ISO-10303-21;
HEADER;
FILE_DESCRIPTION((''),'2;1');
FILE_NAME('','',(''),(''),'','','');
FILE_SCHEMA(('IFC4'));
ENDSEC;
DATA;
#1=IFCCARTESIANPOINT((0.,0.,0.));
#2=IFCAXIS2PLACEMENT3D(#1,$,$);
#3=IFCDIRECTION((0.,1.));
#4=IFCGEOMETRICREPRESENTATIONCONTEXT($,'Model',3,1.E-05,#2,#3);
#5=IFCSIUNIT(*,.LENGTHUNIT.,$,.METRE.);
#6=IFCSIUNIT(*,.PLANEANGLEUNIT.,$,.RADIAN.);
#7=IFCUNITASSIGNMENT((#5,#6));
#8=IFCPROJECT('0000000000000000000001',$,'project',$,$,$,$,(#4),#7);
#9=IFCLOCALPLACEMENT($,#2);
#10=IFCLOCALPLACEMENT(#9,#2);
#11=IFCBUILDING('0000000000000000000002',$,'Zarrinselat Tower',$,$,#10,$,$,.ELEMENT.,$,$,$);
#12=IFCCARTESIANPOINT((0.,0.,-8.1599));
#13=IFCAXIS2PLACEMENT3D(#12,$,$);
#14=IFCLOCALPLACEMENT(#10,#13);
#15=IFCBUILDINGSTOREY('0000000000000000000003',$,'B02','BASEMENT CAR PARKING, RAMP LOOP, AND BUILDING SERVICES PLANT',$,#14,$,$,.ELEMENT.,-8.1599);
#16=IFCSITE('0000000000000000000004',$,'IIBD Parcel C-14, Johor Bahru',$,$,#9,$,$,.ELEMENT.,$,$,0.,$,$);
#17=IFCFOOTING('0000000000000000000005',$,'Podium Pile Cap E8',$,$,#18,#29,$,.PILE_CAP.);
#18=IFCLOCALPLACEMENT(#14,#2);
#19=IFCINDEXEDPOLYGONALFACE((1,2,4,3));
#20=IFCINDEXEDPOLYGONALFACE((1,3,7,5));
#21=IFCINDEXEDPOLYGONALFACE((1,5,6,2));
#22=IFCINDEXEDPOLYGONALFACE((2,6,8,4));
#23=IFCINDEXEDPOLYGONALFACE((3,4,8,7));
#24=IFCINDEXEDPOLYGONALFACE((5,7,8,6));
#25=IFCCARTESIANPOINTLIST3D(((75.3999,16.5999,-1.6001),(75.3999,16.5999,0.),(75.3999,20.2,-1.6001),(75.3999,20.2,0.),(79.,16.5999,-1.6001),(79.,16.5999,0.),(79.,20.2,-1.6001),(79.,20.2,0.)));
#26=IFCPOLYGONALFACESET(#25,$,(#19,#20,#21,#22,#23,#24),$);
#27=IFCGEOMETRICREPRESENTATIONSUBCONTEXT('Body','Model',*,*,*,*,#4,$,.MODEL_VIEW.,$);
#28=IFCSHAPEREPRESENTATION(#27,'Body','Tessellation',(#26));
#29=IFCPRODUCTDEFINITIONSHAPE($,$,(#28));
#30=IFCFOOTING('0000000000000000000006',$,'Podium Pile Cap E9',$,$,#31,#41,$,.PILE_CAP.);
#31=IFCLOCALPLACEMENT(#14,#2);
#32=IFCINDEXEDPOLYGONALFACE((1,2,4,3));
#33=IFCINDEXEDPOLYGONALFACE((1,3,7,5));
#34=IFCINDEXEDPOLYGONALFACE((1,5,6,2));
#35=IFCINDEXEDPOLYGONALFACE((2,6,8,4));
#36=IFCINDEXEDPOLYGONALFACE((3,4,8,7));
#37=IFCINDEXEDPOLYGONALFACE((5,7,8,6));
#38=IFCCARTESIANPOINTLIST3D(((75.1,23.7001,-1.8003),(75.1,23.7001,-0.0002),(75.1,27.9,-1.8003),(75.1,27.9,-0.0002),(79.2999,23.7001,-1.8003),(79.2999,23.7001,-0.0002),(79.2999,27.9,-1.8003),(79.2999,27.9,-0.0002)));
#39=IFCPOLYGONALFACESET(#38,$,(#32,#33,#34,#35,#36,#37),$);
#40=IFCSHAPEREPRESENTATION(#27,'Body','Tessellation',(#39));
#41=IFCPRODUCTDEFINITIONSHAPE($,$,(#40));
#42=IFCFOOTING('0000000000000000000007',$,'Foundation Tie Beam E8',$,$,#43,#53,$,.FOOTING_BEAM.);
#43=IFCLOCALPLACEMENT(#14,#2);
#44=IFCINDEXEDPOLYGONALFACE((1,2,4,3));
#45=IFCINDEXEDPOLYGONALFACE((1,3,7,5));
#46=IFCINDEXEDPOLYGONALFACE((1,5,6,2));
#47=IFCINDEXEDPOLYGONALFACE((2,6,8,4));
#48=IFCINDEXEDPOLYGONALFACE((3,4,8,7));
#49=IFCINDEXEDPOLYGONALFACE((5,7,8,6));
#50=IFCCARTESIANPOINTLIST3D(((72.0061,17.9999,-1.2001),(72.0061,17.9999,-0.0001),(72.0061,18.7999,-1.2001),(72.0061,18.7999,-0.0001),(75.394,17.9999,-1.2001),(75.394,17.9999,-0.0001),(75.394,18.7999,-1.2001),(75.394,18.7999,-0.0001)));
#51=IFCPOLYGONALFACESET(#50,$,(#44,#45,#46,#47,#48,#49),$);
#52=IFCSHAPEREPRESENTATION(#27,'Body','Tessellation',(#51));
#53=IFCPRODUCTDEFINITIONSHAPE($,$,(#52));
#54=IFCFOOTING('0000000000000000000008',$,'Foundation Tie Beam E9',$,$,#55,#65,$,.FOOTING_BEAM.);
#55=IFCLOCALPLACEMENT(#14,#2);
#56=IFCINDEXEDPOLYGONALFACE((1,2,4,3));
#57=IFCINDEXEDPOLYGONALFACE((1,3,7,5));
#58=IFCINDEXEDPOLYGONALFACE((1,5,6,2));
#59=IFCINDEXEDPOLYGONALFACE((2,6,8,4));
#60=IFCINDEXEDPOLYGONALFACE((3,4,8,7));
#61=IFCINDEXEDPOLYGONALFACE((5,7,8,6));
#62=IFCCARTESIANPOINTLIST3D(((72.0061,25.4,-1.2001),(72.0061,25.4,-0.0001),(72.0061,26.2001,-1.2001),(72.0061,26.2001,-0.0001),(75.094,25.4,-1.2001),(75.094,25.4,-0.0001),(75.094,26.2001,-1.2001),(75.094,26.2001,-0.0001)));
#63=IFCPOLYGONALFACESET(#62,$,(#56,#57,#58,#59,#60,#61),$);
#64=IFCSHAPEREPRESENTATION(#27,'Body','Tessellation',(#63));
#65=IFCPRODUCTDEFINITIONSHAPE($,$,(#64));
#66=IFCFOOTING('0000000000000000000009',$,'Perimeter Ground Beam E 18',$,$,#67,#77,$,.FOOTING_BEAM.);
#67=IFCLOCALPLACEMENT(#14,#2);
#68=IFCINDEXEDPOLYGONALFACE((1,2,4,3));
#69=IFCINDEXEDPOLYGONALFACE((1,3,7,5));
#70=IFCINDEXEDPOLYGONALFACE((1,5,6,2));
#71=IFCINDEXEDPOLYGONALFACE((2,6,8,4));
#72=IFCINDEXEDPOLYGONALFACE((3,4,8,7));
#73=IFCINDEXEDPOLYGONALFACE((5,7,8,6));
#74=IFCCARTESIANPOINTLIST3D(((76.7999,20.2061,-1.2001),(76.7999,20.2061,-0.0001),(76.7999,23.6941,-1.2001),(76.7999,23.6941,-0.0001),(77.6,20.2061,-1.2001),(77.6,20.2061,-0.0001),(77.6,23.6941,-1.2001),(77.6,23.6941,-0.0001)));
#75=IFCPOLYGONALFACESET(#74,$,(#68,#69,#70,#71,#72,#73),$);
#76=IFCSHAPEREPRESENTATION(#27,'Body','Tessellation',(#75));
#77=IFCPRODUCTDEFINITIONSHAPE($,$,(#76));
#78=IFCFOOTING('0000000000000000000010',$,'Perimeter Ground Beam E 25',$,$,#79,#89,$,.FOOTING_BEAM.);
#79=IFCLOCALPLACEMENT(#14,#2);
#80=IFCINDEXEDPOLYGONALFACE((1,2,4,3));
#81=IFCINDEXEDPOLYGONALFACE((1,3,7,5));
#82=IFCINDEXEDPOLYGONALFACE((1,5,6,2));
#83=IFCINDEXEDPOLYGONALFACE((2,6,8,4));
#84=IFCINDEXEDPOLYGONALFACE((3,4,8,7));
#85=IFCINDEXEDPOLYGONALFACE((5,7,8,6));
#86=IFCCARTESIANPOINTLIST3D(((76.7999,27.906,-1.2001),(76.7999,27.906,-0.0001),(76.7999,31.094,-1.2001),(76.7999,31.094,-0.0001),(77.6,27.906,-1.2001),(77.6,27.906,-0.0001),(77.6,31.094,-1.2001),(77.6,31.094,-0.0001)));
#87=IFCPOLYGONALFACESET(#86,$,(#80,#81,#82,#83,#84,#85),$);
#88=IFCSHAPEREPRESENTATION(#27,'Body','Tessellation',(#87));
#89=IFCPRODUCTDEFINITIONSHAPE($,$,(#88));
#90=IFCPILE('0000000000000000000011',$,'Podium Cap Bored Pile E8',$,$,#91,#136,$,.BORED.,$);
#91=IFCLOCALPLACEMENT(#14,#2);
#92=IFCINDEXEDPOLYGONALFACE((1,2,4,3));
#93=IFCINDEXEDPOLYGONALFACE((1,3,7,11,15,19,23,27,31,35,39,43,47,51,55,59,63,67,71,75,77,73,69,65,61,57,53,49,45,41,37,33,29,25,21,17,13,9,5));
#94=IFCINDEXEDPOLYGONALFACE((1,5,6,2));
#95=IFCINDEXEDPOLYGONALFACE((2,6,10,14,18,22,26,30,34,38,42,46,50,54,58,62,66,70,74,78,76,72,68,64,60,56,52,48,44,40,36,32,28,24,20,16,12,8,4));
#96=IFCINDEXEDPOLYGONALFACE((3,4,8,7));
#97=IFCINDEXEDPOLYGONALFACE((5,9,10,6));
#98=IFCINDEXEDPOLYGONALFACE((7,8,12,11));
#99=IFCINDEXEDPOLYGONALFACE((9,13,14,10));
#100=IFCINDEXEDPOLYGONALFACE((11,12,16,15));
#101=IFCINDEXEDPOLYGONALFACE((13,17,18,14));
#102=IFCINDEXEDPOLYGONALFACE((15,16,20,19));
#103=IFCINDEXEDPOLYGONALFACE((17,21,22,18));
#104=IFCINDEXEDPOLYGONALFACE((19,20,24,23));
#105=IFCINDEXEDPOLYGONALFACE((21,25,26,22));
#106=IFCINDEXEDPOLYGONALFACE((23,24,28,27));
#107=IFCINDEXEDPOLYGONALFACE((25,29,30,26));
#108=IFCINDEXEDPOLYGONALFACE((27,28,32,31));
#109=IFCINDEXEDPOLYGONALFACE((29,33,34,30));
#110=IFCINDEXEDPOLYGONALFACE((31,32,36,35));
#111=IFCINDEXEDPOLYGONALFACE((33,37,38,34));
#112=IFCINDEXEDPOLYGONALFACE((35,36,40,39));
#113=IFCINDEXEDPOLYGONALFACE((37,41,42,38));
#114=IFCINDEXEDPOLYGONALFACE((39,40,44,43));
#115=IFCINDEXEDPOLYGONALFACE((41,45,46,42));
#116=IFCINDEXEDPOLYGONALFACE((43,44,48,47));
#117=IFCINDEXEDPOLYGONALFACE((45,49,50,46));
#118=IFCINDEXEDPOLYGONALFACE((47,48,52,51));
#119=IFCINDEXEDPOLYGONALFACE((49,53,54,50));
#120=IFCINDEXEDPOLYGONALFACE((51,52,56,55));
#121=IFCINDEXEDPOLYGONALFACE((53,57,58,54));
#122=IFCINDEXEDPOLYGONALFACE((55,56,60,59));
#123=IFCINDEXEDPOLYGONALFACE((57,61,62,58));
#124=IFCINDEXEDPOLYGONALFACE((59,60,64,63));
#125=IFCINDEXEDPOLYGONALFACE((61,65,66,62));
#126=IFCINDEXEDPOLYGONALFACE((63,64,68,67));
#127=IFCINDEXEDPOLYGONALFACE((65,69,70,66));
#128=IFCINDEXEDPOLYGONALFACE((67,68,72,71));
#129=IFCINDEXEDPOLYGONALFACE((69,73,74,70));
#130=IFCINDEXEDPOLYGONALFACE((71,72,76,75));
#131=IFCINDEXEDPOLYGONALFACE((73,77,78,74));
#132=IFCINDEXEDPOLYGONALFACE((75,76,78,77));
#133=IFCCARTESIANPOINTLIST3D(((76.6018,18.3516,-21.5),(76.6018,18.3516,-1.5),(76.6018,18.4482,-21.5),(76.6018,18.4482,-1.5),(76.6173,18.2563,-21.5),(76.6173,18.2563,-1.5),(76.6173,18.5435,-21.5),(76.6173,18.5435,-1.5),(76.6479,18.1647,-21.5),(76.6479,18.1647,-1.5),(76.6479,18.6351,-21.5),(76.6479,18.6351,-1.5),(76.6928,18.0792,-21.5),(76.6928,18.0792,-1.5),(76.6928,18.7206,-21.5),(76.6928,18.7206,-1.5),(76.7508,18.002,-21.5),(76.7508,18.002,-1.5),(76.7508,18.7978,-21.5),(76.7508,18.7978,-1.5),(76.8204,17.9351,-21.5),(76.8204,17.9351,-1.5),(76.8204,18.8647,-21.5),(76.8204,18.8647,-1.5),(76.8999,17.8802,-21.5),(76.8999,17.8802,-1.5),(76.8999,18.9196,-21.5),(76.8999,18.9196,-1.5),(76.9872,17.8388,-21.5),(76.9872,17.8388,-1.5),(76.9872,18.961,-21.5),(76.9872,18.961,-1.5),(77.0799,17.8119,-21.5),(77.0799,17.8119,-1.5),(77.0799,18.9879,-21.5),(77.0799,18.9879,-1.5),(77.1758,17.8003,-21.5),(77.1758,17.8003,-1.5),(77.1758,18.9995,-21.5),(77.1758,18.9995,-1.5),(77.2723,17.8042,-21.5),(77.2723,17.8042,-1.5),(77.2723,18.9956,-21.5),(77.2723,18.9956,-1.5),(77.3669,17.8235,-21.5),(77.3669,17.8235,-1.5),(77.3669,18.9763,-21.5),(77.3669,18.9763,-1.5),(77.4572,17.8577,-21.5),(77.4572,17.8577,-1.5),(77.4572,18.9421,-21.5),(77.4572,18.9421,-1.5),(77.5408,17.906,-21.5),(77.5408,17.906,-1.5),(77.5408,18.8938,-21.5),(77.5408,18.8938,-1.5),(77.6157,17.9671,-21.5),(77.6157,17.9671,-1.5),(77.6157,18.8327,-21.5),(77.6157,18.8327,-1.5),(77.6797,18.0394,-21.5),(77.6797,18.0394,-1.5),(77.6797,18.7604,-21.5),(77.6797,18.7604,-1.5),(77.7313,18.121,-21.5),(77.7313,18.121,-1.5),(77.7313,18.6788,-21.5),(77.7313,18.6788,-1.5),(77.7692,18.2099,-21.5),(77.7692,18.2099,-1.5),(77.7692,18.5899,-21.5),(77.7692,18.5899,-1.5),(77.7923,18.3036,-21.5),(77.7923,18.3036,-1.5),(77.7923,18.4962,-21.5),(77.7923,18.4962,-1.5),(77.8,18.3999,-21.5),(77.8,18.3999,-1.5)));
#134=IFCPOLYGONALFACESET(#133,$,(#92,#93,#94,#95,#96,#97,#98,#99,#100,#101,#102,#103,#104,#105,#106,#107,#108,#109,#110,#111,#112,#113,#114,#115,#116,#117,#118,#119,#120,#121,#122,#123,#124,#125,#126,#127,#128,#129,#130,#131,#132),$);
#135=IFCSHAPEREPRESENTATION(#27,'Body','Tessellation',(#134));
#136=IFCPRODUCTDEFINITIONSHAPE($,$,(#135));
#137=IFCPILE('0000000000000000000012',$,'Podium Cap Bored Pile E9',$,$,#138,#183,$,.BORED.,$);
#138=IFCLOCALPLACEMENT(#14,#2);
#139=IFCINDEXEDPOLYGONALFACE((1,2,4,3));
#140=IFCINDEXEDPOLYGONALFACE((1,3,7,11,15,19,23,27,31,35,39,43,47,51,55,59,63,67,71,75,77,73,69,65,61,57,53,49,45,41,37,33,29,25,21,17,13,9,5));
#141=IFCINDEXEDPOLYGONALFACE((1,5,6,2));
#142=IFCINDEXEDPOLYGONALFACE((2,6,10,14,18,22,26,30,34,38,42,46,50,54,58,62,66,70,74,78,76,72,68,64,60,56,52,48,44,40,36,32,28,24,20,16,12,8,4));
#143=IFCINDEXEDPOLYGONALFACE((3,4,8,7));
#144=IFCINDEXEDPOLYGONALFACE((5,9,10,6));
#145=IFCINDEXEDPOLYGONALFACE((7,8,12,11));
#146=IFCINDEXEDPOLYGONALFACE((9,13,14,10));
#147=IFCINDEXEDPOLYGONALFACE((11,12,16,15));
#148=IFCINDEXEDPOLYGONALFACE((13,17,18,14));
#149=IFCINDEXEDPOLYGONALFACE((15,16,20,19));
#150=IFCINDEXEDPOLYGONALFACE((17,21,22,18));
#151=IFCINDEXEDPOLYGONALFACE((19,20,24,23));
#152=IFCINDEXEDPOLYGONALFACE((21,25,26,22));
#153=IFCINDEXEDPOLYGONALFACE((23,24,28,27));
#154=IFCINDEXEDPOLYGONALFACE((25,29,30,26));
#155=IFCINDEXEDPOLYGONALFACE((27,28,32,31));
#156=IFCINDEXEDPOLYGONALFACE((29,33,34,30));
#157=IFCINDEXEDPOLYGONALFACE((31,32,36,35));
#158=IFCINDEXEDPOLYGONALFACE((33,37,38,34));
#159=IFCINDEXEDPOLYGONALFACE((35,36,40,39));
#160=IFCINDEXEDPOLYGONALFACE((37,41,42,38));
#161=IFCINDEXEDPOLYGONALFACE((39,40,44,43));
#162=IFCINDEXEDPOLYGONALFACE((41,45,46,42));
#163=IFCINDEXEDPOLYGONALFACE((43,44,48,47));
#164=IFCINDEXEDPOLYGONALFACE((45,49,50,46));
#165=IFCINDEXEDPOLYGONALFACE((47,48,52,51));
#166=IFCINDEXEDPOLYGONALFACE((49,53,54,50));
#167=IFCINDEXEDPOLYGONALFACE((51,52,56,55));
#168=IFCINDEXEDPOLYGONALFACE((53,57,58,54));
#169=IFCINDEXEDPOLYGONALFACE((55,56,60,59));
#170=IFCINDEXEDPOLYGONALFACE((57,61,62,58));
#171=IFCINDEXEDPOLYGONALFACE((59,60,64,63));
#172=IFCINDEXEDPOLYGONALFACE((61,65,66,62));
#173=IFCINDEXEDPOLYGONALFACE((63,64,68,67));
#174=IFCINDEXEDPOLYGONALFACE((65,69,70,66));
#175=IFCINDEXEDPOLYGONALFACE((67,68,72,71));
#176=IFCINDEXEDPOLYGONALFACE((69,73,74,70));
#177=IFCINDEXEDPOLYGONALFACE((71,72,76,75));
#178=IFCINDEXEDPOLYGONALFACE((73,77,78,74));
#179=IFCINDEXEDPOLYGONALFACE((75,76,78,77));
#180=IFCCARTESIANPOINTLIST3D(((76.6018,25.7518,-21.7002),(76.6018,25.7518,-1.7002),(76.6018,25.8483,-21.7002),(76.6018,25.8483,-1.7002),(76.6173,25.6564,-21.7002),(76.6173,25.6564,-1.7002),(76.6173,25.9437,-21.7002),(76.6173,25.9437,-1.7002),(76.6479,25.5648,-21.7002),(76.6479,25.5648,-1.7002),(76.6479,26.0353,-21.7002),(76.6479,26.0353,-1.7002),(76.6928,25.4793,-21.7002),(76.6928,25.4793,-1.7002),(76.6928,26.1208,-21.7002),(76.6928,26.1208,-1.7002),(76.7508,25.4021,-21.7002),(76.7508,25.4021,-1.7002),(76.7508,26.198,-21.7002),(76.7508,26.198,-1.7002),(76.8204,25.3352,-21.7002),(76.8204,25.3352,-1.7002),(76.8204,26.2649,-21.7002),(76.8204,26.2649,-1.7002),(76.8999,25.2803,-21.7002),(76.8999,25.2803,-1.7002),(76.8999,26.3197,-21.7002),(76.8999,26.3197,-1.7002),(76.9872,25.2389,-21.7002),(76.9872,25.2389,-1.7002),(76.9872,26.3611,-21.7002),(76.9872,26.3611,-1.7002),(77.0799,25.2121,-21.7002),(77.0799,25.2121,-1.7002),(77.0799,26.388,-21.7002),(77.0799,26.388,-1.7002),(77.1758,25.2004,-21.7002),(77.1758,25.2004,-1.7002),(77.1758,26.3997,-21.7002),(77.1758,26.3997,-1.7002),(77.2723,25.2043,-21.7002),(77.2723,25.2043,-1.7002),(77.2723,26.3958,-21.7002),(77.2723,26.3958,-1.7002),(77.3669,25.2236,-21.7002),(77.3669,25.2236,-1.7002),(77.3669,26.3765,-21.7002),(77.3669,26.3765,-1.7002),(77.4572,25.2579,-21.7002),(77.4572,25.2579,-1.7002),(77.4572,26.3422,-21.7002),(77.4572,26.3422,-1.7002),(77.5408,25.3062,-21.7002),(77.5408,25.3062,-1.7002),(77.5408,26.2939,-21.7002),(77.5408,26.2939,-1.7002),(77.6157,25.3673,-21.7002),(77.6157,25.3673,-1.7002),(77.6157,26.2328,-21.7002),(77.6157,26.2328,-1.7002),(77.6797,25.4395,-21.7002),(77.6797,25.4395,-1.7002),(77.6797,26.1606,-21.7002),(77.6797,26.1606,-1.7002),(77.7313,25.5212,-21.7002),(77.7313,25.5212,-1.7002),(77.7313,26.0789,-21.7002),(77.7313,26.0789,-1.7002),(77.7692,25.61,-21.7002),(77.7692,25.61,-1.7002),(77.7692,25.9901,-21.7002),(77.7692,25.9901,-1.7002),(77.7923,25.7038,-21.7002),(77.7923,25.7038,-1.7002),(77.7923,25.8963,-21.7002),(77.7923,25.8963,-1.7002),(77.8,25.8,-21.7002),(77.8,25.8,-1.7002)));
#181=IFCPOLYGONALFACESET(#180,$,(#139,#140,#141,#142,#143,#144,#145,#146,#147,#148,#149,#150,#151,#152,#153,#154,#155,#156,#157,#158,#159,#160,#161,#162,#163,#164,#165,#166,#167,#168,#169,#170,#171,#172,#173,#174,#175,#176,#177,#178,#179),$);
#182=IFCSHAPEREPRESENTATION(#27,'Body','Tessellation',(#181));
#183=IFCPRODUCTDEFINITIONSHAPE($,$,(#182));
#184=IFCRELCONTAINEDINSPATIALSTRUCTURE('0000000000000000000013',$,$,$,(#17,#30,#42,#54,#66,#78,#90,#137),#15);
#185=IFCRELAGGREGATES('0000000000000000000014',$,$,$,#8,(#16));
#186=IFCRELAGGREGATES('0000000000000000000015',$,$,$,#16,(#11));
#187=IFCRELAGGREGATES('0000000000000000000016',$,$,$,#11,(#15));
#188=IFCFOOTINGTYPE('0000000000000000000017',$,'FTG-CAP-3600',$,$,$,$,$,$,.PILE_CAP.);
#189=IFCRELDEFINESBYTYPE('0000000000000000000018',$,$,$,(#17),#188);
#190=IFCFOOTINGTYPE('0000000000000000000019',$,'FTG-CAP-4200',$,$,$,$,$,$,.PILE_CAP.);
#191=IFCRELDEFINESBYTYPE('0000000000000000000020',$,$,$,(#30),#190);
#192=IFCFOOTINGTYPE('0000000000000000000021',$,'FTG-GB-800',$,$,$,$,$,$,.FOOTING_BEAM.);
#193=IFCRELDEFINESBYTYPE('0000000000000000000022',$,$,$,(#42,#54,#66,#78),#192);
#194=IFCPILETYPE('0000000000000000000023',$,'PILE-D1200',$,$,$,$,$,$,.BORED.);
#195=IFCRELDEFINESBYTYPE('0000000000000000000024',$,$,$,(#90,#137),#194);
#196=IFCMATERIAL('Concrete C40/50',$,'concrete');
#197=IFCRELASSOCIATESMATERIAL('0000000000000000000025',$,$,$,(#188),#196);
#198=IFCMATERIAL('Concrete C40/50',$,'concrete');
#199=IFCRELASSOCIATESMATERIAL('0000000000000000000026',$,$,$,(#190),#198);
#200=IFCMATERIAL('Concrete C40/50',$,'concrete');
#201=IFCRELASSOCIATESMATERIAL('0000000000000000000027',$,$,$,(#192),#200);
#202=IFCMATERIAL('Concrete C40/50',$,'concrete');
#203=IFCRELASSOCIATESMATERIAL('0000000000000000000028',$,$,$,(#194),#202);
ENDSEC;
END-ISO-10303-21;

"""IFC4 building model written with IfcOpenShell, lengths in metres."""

from ifc_helpers import new_model, si_unit, direction, frame, origin, origin_2d, place, context, subcontext, project, spatial, rectangle, circle, extrude, material, material_profile, profile_set, type_object, element, save


model = new_model("IFC4")

# Units and contexts
model_context = context("Model", 3, precision=1e-05, world=origin(), true_north=direction((0.0, 1.0)))
body_context = subcontext(model_context, "Body", "Model", "MODEL_VIEW")
ifc_project = project(units=[si_unit("LENGTHUNIT", "METRE"), si_unit("PLANEANGLEUNIT", "RADIAN")], contexts=[model_context])

# Site, building, storey
site_placement = place(None, origin())
site = spatial("IfcSite", under=ifc_project, at=site_placement, Name="IIBD Parcel C-14, Johor Bahru", CompositionType="ELEMENT", RefElevation=0.0)
building_placement = place(site_placement, origin())
building = spatial("IfcBuilding", under=site, at=building_placement, Name="Zarrinselat Tower", CompositionType="ELEMENT")
storey_placement = place(building_placement, frame((0.0, 0.0, -8.1599)))
storey = spatial("IfcBuildingStorey", under=building, at=storey_placement, Name="B02", Description="BASEMENT CAR PARKING, RAMP LOOP, AND BUILDING SERVICES PLANT", CompositionType="ELEMENT", Elevation=-8.1599)

# Footings
ifc_material_1 = material(Name="Concrete C40/50", Category="concrete")
footing_type_1 = type_object("IfcFootingType", Name="FTG-CAP-3600", PredefinedType="PILE_CAP", material=ifc_material_1)
footing_1_placement = place(storey_placement, frame((77.2, 18.3999, -1.6001), z_axis=(0.0, 0.0, 1.0), x_axis=(1.0, 0.0, 0.0)))
element("IfcFooting", 1, at=footing_1_placement, inside=storey, type_object=footing_type_1, Name="Podium Pile Cap E8", PredefinedType="PILE_CAP", context=body_context, shape_type="SweptSolid", body=[
    extrude(rectangle(XDim=3.6001, YDim=3.6001, at=origin_2d()), origin(), (0.0, 0.0, 1.0), 1.6001),
])
ifc_material_2 = material(Name="Concrete C40/50", Category="concrete")
footing_type_2 = type_object("IfcFootingType", Name="FTG-CAP-4200", PredefinedType="PILE_CAP", material=ifc_material_2)
footing_2_placement = place(storey_placement, frame((77.2, 25.8, -1.8003), z_axis=(0.0, 0.0, 1.0), x_axis=(1.0, 0.0, 0.0)))
element("IfcFooting", 2, at=footing_2_placement, inside=storey, type_object=footing_type_2, Name="Podium Pile Cap E9", PredefinedType="PILE_CAP", context=body_context, shape_type="SweptSolid", body=[
    extrude(rectangle(XDim=4.2, YDim=4.2, at=origin_2d()), origin(), (0.0, 0.0, 1.0), 1.8),
])
ifc_material_3 = material(Name="Concrete C40/50", Category="concrete")
ifc_material_profile_1 = material_profile(ifc_material_3, rectangle(XDim=0.8, YDim=1.2, at=origin_2d()), Name="RC GB 800x1200")
ifc_profile_set_1 = profile_set([ifc_material_profile_1], Name="Concrete C40/50")
footing_type_3 = type_object("IfcFootingType", Name="FTG-GB-800", PredefinedType="FOOTING_BEAM", material=ifc_profile_set_1)
footing_3_placement = place(storey_placement, frame((72.0061, 18.3999, -0.6001), z_axis=(1.0, 0.0, 0.0), x_axis=(0.0, 1.0, 0.0)))
element("IfcFooting", 3, at=footing_3_placement, inside=storey, type_object=footing_type_3, Name="Foundation Tie Beam E8", PredefinedType="FOOTING_BEAM", context=body_context, shape_type="SweptSolid", body=[
    extrude(rectangle(XDim=0.8, YDim=1.2, at=origin_2d()), origin(), (0.0, 0.0, 1.0), 3.3879),
])
footing_4_placement = place(storey_placement, frame((72.0061, 25.8, -0.6001), z_axis=(1.0, 0.0, 0.0), x_axis=(0.0, 1.0, 0.0)))
element("IfcFooting", 4, at=footing_4_placement, inside=storey, type_object=footing_type_3, Name="Foundation Tie Beam E9", PredefinedType="FOOTING_BEAM", context=body_context, shape_type="SweptSolid", body=[
    extrude(rectangle(XDim=0.8, YDim=1.2, at=origin_2d()), origin(), (0.0, 0.0, 1.0), 3.0879),
])
footing_5_placement = place(storey_placement, frame((77.2, 20.2061, -0.6001), z_axis=(0.0, 1.0, 0.0), x_axis=(-1.0, 0.0, 0.0)))
element("IfcFooting", 5, at=footing_5_placement, inside=storey, type_object=footing_type_3, Name="Perimeter Ground Beam E 18", PredefinedType="FOOTING_BEAM", context=body_context, shape_type="SweptSolid", body=[
    extrude(rectangle(XDim=0.8, YDim=1.2, at=origin_2d()), origin(), (0.0, 0.0, 1.0), 3.488),
])
footing_6_placement = place(storey_placement, frame((77.2, 27.906, -0.6001), z_axis=(0.0, 1.0, 0.0), x_axis=(-1.0, 0.0, 0.0)))
element("IfcFooting", 6, at=footing_6_placement, inside=storey, type_object=footing_type_3, Name="Perimeter Ground Beam E 25", PredefinedType="FOOTING_BEAM", context=body_context, shape_type="SweptSolid", body=[
    extrude(rectangle(XDim=0.8, YDim=1.2, at=origin_2d()), origin(), (0.0, 0.0, 1.0), 3.188),
])

# Piles
ifc_material_4 = material(Name="Concrete C40/50", Category="concrete")
ifc_material_profile_2 = material_profile(ifc_material_4, circle(Radius=0.6001, at=origin_2d()), Name="BORED PILE D1200")
ifc_profile_set_2 = profile_set([ifc_material_profile_2], Name="Concrete C40/50")
pile_type_1 = type_object("IfcPileType", Name="PILE-D1200", PredefinedType="BORED", material=ifc_profile_set_2)
for number, where, z_axis, x_axis, name in (
    (7, (77.2, 18.3999, -1.5), (0.0, 0.0, -1.0), (1.0, 0.0, 0.0), "Podium Cap Bored Pile E8"),
    (8, (77.2, 25.8, -1.7002), (0.0, 0.0, -1.0), (1.0, 0.0, 0.0), "Podium Cap Bored Pile E9"),
):
    element("IfcPile", number, at=place(storey_placement, frame(where, z_axis=z_axis, x_axis=x_axis)), inside=storey, type_object=pile_type_1, Name=name, PredefinedType="BORED", context=body_context, shape_type="SweptSolid", body=[
        extrude(circle(Radius=0.6001, at=origin_2d()), origin(), (0.0, 0.0, 1.0), 20.0),
    ])

save(model, "model.ifc")
